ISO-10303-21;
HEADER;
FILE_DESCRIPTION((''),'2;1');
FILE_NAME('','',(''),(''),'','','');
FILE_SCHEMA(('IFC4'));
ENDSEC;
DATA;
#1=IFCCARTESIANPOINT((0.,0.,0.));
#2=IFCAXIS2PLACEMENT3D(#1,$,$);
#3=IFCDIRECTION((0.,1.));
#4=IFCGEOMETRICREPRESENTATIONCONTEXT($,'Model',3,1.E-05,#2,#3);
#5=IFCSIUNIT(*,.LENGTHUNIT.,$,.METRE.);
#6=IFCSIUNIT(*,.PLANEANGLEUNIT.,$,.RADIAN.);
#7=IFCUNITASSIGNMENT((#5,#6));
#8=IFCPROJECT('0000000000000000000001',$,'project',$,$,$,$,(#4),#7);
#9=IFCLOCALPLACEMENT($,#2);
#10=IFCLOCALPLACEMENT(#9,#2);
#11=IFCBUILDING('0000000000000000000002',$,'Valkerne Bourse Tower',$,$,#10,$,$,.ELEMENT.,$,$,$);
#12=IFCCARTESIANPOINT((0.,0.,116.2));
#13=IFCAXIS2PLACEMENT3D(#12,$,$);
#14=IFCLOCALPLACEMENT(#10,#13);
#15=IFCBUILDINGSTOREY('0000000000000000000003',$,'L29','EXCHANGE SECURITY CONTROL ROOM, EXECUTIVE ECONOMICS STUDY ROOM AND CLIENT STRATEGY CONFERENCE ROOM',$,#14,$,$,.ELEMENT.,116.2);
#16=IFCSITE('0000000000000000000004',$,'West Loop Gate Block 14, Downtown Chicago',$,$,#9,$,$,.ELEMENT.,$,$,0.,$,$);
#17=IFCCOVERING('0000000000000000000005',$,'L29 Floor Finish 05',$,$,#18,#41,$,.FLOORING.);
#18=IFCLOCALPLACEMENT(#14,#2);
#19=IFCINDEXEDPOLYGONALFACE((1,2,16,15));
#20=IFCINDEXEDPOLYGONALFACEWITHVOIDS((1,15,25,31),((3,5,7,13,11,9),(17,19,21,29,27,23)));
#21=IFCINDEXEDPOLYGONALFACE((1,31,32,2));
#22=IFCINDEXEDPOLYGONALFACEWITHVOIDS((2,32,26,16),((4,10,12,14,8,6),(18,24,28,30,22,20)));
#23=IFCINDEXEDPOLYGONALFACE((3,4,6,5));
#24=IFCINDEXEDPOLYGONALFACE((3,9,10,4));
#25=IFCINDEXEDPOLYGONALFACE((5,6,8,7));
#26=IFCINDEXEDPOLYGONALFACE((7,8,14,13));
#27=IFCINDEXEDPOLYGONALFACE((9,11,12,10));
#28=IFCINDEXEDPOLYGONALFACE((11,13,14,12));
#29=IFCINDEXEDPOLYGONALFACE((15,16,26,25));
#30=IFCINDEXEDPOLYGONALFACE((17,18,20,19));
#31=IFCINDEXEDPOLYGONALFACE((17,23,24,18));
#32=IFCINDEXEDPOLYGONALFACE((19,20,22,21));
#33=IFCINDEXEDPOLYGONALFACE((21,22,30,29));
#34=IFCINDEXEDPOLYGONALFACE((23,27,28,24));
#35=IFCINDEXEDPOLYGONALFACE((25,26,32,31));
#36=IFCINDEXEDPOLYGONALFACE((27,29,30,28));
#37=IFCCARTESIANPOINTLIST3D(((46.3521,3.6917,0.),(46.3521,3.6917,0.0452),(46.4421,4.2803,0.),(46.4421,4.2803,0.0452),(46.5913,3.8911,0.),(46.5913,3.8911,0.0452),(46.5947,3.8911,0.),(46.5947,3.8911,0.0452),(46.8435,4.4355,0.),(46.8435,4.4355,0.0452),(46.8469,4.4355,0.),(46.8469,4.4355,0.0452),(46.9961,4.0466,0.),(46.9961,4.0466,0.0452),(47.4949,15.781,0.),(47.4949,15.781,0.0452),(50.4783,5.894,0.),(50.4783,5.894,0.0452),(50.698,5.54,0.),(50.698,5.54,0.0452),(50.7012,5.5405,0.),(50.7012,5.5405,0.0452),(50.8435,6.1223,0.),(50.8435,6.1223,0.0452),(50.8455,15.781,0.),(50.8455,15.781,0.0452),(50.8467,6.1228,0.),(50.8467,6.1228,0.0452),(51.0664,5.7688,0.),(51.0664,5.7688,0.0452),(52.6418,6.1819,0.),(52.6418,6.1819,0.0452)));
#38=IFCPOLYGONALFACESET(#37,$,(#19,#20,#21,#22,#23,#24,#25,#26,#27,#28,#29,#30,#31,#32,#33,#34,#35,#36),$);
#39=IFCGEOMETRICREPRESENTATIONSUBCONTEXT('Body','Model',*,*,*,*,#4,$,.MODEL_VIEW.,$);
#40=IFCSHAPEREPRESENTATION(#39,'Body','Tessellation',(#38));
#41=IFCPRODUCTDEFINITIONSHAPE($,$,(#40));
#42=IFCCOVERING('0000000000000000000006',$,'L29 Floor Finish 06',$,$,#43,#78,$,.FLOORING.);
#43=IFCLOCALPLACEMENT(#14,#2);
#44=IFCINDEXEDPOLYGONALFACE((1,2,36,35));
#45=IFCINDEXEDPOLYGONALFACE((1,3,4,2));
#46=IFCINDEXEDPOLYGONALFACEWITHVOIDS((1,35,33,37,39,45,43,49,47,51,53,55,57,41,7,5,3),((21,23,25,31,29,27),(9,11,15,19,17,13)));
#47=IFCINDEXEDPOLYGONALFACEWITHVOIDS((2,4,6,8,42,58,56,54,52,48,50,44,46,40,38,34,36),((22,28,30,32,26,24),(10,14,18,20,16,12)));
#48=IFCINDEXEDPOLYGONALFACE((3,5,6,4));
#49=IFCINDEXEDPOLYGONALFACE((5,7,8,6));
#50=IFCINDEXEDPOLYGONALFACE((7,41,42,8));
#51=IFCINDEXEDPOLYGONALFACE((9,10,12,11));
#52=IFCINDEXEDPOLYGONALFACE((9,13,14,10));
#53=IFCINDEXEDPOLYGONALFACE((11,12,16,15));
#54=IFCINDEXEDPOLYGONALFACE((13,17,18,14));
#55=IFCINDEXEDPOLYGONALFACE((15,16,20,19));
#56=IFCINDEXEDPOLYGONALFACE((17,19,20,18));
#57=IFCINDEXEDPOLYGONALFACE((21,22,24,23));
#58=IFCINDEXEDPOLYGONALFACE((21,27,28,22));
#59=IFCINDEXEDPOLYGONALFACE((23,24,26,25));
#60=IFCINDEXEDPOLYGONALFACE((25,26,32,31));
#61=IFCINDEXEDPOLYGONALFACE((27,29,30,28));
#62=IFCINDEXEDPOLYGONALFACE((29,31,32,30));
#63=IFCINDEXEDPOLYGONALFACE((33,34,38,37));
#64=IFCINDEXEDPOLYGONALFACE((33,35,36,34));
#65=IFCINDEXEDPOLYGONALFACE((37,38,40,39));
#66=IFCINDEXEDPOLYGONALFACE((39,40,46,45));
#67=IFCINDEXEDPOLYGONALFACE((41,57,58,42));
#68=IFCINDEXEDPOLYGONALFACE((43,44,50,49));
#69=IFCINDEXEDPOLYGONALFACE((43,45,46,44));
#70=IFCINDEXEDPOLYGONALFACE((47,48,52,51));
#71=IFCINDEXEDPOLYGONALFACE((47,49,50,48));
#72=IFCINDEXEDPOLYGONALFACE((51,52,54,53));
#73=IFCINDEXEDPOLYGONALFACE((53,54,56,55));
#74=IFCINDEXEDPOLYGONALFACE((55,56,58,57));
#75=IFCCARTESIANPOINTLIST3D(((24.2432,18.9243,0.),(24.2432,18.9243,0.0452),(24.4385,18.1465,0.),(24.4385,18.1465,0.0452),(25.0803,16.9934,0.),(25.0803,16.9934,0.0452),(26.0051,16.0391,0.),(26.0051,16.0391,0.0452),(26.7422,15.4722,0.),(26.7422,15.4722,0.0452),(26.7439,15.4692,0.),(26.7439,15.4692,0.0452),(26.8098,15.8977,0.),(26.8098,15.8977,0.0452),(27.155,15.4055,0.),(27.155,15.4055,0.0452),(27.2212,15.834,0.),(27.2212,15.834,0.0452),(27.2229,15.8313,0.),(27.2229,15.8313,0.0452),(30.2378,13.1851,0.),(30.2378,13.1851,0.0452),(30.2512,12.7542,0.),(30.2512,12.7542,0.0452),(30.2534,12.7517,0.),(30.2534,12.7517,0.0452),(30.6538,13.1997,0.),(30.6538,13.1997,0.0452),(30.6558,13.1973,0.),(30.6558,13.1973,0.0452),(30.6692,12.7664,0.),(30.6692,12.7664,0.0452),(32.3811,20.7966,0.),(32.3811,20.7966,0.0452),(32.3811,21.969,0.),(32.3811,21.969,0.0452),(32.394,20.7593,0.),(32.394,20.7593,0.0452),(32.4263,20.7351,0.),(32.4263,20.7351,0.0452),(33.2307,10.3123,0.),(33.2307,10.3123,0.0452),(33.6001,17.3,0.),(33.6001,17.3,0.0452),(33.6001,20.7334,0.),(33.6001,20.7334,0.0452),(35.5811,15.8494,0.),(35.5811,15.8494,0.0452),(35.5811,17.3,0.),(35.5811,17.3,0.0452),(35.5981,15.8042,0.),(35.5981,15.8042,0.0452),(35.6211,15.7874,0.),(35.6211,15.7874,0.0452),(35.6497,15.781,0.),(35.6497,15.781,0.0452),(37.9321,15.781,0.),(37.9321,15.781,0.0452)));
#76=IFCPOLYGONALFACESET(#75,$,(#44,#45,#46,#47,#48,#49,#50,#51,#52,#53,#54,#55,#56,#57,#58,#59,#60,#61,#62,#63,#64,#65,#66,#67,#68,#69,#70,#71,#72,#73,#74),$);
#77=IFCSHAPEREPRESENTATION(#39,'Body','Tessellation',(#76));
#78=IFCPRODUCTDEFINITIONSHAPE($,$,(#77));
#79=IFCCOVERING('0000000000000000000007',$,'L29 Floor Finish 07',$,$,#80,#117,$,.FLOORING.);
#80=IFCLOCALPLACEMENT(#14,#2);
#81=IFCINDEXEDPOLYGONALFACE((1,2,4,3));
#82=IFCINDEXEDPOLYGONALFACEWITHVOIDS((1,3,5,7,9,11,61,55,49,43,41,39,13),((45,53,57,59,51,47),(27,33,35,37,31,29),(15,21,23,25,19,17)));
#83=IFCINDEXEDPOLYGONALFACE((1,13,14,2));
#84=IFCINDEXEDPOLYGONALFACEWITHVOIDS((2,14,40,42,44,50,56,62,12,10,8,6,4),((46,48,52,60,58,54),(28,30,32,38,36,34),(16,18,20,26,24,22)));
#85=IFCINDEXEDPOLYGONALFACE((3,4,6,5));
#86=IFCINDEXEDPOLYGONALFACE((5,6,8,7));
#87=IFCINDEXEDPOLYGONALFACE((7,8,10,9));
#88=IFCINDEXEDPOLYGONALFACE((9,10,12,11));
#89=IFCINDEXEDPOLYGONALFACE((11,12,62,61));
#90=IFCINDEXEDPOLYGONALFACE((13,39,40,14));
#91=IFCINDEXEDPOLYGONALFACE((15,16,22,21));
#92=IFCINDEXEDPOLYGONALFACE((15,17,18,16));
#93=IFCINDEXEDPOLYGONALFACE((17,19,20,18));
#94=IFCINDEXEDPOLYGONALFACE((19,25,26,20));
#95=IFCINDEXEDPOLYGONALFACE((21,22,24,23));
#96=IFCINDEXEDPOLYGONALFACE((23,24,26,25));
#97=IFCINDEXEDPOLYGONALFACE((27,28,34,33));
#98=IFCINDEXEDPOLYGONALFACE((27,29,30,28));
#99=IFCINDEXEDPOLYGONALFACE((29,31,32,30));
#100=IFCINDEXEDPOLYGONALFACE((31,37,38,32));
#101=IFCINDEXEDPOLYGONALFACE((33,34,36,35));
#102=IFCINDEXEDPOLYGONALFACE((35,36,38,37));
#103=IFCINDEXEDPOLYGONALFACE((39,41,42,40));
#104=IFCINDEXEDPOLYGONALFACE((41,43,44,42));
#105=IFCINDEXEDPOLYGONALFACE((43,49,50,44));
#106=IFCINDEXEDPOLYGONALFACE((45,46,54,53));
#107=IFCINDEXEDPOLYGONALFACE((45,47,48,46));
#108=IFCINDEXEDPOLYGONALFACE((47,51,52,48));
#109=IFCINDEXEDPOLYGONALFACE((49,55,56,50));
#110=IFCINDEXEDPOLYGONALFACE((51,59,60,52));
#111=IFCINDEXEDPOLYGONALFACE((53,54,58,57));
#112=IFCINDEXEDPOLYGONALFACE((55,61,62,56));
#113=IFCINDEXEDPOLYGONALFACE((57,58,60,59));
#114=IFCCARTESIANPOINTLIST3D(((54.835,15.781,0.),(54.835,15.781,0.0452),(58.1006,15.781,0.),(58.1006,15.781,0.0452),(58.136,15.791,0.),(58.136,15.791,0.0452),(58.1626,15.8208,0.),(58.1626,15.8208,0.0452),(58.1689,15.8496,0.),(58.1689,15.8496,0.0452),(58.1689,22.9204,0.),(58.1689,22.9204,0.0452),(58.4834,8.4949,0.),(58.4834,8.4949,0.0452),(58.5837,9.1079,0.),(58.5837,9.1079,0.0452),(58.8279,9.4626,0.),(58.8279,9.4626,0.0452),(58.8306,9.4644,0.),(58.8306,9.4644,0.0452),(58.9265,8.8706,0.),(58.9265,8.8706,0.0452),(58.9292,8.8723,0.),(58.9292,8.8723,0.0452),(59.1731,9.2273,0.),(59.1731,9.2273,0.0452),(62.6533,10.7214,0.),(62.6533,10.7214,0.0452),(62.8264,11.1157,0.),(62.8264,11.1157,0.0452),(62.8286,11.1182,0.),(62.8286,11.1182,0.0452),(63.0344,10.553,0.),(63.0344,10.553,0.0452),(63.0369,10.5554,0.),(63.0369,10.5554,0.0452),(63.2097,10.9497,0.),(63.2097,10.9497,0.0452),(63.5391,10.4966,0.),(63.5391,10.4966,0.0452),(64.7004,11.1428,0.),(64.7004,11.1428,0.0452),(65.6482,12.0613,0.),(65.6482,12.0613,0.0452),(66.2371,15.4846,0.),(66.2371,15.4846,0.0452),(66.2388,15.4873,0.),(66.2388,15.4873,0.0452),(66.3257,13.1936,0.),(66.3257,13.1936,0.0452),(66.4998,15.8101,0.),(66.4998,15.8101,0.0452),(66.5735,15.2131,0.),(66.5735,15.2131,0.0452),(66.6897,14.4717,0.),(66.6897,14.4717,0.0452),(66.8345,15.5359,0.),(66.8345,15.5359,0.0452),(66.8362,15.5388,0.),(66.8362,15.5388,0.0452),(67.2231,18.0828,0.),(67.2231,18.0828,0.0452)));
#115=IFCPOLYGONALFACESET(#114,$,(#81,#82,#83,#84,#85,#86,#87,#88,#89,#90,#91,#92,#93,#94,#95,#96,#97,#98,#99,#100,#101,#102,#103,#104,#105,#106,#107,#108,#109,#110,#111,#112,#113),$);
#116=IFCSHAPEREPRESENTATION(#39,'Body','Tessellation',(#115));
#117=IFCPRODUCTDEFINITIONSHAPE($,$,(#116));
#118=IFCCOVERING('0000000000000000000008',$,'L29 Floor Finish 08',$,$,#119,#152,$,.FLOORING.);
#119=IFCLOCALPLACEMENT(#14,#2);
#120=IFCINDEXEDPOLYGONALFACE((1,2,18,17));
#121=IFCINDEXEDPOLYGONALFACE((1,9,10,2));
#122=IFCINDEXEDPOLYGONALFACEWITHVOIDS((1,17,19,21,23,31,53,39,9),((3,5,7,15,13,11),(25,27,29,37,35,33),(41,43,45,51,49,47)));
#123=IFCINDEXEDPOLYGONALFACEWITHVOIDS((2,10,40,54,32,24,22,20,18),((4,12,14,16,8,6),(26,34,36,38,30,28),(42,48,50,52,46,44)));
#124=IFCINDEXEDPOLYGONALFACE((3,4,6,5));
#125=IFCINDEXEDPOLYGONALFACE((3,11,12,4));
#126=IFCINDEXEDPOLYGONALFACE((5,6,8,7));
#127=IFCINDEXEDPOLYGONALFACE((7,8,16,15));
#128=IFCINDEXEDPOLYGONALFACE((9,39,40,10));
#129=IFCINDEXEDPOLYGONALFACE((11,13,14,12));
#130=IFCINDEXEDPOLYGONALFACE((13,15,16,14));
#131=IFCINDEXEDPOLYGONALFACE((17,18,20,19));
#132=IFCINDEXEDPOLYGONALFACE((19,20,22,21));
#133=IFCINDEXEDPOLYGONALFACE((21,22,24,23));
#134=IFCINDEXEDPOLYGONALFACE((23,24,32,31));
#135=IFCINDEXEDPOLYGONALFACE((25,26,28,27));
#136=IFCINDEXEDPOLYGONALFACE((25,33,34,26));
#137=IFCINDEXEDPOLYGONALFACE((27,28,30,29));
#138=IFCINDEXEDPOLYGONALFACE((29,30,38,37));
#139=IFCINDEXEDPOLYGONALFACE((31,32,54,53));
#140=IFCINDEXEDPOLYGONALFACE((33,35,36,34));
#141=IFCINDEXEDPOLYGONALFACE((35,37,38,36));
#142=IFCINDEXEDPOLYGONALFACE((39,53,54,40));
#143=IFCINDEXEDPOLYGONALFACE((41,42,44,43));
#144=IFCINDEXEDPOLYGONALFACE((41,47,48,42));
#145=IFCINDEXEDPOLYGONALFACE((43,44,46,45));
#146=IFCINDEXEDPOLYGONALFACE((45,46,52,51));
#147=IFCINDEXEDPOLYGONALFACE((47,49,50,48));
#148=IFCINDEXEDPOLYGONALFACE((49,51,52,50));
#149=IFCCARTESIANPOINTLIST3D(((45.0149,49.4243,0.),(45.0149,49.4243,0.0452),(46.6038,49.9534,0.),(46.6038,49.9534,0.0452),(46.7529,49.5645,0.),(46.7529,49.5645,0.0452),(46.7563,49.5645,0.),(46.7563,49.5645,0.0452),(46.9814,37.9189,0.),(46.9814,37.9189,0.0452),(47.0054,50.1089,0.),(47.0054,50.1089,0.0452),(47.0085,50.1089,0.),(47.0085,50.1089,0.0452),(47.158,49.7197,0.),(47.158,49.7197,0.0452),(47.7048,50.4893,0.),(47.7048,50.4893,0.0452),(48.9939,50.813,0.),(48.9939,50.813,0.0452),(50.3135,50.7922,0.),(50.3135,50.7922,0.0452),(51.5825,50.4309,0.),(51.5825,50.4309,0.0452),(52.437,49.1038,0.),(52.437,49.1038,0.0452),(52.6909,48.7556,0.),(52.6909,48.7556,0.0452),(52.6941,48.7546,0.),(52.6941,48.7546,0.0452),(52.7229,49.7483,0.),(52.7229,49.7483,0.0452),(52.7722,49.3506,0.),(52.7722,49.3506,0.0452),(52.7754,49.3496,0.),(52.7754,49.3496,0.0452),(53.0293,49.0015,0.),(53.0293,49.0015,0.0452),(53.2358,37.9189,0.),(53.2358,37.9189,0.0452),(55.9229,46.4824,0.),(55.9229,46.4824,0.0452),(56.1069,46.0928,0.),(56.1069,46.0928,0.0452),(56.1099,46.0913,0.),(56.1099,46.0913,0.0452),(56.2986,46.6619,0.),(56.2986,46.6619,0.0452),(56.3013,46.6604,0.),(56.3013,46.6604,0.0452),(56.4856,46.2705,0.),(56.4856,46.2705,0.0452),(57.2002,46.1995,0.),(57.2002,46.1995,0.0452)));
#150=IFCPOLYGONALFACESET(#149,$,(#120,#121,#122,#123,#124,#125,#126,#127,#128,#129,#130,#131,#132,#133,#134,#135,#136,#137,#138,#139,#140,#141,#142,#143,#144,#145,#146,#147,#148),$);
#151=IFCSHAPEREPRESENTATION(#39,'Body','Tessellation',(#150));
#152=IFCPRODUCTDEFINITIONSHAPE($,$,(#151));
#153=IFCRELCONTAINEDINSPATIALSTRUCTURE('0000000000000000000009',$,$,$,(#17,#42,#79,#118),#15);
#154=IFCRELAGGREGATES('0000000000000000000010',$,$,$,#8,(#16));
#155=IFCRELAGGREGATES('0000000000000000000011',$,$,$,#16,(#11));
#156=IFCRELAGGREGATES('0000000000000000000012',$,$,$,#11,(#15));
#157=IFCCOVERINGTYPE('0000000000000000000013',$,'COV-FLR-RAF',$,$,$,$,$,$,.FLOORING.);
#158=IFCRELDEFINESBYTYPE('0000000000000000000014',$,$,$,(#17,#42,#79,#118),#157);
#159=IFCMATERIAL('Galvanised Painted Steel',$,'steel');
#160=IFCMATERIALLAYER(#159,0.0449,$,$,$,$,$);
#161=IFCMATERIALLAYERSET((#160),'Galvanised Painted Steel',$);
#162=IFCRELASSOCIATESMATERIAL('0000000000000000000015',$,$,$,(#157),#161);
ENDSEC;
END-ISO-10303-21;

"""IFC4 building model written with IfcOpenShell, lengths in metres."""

from ifc_helpers import new_model, si_unit, direction, frame, origin, place, context, subcontext, project, spatial, polyline, outline, extrude, material, layer, layer_set, type_object, element, save


model = new_model("IFC4")

# Units and contexts
model_context = context("Model", 3, precision=1e-05, world=origin(), true_north=direction((0.0, 1.0)))
body_context = subcontext(model_context, "Body", "Model", "MODEL_VIEW")
ifc_project = project(units=[si_unit("LENGTHUNIT", "METRE"), si_unit("PLANEANGLEUNIT", "RADIAN")], contexts=[model_context])

# Site, building, storey
site_placement = place(None, origin())
site = spatial("IfcSite", under=ifc_project, at=site_placement, Name="West Loop Gate Block 14, Downtown Chicago", CompositionType="ELEMENT", RefElevation=0.0)
building_placement = place(site_placement, origin())
building = spatial("IfcBuilding", under=site, at=building_placement, Name="Valkerne Bourse Tower", CompositionType="ELEMENT")
storey_placement = place(building_placement, frame((0.0, 0.0, 116.2)))
storey = spatial("IfcBuildingStorey", under=building, at=storey_placement, Name="L29", Description="EXCHANGE SECURITY CONTROL ROOM, EXECUTIVE ECONOMICS STUDY ROOM AND CLIENT STRATEGY CONFERENCE ROOM", CompositionType="ELEMENT", Elevation=116.2)

# Coverings
ifc_material_1 = material(Name="Galvanised Painted Steel", Category="steel")
ifc_layer_1 = layer(ifc_material_1, 0.0449)
ifc_layer_set_1 = layer_set([ifc_layer_1], Name="Galvanised Painted Steel")
covering_type_1 = type_object("IfcCoveringType", Name="COV-FLR-RAF", PredefinedType="FLOORING", material=ifc_layer_set_1)
covering_1_placement = place(storey_placement, origin())
element("IfcCovering", 1, at=covering_1_placement, inside=storey, type_object=covering_type_1, Name="L29 Floor Finish 05", PredefinedType="FLOORING", context=body_context, shape_type="SweptSolid", body=[
    extrude(outline(polyline([(50.8455, 15.781), (52.6418, 6.1819), (46.3521, 3.6917), (47.4949, 15.781), (50.8455, 15.781)]), holes=[polyline([(46.9961, 4.0466), (46.8469, 4.4355), (46.8435, 4.4355), (46.4421, 4.2803), (46.5913, 3.8911), (46.5947, 3.8911), (46.9961, 4.0466)]), polyline([(51.0664, 5.7688), (50.8467, 6.1228), (50.8435, 6.1223), (50.4783, 5.894), (50.698, 5.54), (50.7012, 5.5405), (51.0664, 5.7688)])]), origin(), (0.0, 0.0, 1.0), 0.0452),
])
covering_2_placement = place(storey_placement, origin())
element("IfcCovering", 2, at=covering_2_placement, inside=storey, type_object=covering_type_1, Name="L29 Floor Finish 06", PredefinedType="FLOORING", context=body_context, shape_type="SweptSolid", body=[
    extrude(outline(polyline([(24.4385, 18.1465), (24.2432, 18.9243), (32.3811, 21.969), (32.3811, 20.7966), (32.394, 20.7593), (32.4263, 20.7351), (33.6001, 20.7334), (33.6001, 17.3), (35.5811, 17.3), (35.5811, 15.8494), (35.5981, 15.8042), (35.6211, 15.7874), (35.6497, 15.781), (37.9321, 15.781), (33.2307, 10.3123), (26.0051, 16.0391), (25.0803, 16.9934), (24.4385, 18.1465)]), holes=[polyline([(30.6692, 12.7664), (30.6558, 13.1973), (30.6538, 13.1997), (30.2378, 13.1851), (30.2512, 12.7542), (30.2534, 12.7517), (30.6692, 12.7664)]), polyline([(27.2229, 15.8313), (27.2212, 15.834), (26.8098, 15.8977), (26.7422, 15.4722), (26.7439, 15.4692), (27.155, 15.4055), (27.2229, 15.8313)])]), origin(), (0.0, 0.0, 1.0), 0.0452),
])
covering_3_placement = place(storey_placement, origin())
element("IfcCovering", 3, at=covering_3_placement, inside=storey, type_object=covering_type_1, Name="L29 Floor Finish 07", PredefinedType="FLOORING", context=body_context, shape_type="SweptSolid", body=[
    extrude(outline(polyline([(64.7004, 11.1428), (63.5391, 10.4966), (58.4834, 8.4949), (54.835, 15.781), (58.1006, 15.781), (58.136, 15.791), (58.1626, 15.8208), (58.1689, 15.8496), (58.1689, 22.9204), (67.2231, 18.0828), (66.6897, 14.4717), (66.3257, 13.1936), (65.6482, 12.0613), (64.7004, 11.1428)]), holes=[polyline([(58.9292, 8.8723), (59.1731, 9.2273), (58.8306, 9.4644), (58.8279, 9.4626), (58.5837, 9.1079), (58.9265, 8.8706), (58.9292, 8.8723)]), polyline([(63.0369, 10.5554), (63.2097, 10.9497), (62.8286, 11.1182), (62.8264, 11.1157), (62.6533, 10.7214), (63.0344, 10.553), (63.0369, 10.5554)]), polyline([(66.8362, 15.5388), (66.4998, 15.8101), (66.2388, 15.4873), (66.2371, 15.4846), (66.5735, 15.2131), (66.8345, 15.5359), (66.8362, 15.5388)])]), origin(), (0.0, 0.0, 1.0), 0.0452),
])
covering_4_placement = place(storey_placement, origin())
element("IfcCovering", 4, at=covering_4_placement, inside=storey, type_object=covering_type_1, Name="L29 Floor Finish 08", PredefinedType="FLOORING", context=body_context, shape_type="SweptSolid", body=[
    extrude(outline(polyline([(50.3135, 50.7922), (51.5825, 50.4309), (52.7229, 49.7483), (57.2002, 46.1995), (53.2358, 37.9189), (46.9814, 37.9189), (45.0149, 49.4243), (47.7048, 50.4893), (48.9939, 50.813), (50.3135, 50.7922)]), holes=[polyline([(52.7754, 49.3496), (52.7722, 49.3506), (52.437, 49.1038), (52.6909, 48.7556), (52.6941, 48.7546), (53.0293, 49.0015), (52.7754, 49.3496)]), polyline([(47.0085, 50.1089), (47.0054, 50.1089), (46.6038, 49.9534), (46.7529, 49.5645), (46.7563, 49.5645), (47.158, 49.7197), (47.0085, 50.1089)]), polyline([(56.4856, 46.2705), (56.3013, 46.6604), (56.2986, 46.6619), (55.9229, 46.4824), (56.1069, 46.0928), (56.1099, 46.0913), (56.4856, 46.2705)])]), origin(), (0.0, 0.0, 1.0), 0.0452),
])

save(model, "model.ifc")
